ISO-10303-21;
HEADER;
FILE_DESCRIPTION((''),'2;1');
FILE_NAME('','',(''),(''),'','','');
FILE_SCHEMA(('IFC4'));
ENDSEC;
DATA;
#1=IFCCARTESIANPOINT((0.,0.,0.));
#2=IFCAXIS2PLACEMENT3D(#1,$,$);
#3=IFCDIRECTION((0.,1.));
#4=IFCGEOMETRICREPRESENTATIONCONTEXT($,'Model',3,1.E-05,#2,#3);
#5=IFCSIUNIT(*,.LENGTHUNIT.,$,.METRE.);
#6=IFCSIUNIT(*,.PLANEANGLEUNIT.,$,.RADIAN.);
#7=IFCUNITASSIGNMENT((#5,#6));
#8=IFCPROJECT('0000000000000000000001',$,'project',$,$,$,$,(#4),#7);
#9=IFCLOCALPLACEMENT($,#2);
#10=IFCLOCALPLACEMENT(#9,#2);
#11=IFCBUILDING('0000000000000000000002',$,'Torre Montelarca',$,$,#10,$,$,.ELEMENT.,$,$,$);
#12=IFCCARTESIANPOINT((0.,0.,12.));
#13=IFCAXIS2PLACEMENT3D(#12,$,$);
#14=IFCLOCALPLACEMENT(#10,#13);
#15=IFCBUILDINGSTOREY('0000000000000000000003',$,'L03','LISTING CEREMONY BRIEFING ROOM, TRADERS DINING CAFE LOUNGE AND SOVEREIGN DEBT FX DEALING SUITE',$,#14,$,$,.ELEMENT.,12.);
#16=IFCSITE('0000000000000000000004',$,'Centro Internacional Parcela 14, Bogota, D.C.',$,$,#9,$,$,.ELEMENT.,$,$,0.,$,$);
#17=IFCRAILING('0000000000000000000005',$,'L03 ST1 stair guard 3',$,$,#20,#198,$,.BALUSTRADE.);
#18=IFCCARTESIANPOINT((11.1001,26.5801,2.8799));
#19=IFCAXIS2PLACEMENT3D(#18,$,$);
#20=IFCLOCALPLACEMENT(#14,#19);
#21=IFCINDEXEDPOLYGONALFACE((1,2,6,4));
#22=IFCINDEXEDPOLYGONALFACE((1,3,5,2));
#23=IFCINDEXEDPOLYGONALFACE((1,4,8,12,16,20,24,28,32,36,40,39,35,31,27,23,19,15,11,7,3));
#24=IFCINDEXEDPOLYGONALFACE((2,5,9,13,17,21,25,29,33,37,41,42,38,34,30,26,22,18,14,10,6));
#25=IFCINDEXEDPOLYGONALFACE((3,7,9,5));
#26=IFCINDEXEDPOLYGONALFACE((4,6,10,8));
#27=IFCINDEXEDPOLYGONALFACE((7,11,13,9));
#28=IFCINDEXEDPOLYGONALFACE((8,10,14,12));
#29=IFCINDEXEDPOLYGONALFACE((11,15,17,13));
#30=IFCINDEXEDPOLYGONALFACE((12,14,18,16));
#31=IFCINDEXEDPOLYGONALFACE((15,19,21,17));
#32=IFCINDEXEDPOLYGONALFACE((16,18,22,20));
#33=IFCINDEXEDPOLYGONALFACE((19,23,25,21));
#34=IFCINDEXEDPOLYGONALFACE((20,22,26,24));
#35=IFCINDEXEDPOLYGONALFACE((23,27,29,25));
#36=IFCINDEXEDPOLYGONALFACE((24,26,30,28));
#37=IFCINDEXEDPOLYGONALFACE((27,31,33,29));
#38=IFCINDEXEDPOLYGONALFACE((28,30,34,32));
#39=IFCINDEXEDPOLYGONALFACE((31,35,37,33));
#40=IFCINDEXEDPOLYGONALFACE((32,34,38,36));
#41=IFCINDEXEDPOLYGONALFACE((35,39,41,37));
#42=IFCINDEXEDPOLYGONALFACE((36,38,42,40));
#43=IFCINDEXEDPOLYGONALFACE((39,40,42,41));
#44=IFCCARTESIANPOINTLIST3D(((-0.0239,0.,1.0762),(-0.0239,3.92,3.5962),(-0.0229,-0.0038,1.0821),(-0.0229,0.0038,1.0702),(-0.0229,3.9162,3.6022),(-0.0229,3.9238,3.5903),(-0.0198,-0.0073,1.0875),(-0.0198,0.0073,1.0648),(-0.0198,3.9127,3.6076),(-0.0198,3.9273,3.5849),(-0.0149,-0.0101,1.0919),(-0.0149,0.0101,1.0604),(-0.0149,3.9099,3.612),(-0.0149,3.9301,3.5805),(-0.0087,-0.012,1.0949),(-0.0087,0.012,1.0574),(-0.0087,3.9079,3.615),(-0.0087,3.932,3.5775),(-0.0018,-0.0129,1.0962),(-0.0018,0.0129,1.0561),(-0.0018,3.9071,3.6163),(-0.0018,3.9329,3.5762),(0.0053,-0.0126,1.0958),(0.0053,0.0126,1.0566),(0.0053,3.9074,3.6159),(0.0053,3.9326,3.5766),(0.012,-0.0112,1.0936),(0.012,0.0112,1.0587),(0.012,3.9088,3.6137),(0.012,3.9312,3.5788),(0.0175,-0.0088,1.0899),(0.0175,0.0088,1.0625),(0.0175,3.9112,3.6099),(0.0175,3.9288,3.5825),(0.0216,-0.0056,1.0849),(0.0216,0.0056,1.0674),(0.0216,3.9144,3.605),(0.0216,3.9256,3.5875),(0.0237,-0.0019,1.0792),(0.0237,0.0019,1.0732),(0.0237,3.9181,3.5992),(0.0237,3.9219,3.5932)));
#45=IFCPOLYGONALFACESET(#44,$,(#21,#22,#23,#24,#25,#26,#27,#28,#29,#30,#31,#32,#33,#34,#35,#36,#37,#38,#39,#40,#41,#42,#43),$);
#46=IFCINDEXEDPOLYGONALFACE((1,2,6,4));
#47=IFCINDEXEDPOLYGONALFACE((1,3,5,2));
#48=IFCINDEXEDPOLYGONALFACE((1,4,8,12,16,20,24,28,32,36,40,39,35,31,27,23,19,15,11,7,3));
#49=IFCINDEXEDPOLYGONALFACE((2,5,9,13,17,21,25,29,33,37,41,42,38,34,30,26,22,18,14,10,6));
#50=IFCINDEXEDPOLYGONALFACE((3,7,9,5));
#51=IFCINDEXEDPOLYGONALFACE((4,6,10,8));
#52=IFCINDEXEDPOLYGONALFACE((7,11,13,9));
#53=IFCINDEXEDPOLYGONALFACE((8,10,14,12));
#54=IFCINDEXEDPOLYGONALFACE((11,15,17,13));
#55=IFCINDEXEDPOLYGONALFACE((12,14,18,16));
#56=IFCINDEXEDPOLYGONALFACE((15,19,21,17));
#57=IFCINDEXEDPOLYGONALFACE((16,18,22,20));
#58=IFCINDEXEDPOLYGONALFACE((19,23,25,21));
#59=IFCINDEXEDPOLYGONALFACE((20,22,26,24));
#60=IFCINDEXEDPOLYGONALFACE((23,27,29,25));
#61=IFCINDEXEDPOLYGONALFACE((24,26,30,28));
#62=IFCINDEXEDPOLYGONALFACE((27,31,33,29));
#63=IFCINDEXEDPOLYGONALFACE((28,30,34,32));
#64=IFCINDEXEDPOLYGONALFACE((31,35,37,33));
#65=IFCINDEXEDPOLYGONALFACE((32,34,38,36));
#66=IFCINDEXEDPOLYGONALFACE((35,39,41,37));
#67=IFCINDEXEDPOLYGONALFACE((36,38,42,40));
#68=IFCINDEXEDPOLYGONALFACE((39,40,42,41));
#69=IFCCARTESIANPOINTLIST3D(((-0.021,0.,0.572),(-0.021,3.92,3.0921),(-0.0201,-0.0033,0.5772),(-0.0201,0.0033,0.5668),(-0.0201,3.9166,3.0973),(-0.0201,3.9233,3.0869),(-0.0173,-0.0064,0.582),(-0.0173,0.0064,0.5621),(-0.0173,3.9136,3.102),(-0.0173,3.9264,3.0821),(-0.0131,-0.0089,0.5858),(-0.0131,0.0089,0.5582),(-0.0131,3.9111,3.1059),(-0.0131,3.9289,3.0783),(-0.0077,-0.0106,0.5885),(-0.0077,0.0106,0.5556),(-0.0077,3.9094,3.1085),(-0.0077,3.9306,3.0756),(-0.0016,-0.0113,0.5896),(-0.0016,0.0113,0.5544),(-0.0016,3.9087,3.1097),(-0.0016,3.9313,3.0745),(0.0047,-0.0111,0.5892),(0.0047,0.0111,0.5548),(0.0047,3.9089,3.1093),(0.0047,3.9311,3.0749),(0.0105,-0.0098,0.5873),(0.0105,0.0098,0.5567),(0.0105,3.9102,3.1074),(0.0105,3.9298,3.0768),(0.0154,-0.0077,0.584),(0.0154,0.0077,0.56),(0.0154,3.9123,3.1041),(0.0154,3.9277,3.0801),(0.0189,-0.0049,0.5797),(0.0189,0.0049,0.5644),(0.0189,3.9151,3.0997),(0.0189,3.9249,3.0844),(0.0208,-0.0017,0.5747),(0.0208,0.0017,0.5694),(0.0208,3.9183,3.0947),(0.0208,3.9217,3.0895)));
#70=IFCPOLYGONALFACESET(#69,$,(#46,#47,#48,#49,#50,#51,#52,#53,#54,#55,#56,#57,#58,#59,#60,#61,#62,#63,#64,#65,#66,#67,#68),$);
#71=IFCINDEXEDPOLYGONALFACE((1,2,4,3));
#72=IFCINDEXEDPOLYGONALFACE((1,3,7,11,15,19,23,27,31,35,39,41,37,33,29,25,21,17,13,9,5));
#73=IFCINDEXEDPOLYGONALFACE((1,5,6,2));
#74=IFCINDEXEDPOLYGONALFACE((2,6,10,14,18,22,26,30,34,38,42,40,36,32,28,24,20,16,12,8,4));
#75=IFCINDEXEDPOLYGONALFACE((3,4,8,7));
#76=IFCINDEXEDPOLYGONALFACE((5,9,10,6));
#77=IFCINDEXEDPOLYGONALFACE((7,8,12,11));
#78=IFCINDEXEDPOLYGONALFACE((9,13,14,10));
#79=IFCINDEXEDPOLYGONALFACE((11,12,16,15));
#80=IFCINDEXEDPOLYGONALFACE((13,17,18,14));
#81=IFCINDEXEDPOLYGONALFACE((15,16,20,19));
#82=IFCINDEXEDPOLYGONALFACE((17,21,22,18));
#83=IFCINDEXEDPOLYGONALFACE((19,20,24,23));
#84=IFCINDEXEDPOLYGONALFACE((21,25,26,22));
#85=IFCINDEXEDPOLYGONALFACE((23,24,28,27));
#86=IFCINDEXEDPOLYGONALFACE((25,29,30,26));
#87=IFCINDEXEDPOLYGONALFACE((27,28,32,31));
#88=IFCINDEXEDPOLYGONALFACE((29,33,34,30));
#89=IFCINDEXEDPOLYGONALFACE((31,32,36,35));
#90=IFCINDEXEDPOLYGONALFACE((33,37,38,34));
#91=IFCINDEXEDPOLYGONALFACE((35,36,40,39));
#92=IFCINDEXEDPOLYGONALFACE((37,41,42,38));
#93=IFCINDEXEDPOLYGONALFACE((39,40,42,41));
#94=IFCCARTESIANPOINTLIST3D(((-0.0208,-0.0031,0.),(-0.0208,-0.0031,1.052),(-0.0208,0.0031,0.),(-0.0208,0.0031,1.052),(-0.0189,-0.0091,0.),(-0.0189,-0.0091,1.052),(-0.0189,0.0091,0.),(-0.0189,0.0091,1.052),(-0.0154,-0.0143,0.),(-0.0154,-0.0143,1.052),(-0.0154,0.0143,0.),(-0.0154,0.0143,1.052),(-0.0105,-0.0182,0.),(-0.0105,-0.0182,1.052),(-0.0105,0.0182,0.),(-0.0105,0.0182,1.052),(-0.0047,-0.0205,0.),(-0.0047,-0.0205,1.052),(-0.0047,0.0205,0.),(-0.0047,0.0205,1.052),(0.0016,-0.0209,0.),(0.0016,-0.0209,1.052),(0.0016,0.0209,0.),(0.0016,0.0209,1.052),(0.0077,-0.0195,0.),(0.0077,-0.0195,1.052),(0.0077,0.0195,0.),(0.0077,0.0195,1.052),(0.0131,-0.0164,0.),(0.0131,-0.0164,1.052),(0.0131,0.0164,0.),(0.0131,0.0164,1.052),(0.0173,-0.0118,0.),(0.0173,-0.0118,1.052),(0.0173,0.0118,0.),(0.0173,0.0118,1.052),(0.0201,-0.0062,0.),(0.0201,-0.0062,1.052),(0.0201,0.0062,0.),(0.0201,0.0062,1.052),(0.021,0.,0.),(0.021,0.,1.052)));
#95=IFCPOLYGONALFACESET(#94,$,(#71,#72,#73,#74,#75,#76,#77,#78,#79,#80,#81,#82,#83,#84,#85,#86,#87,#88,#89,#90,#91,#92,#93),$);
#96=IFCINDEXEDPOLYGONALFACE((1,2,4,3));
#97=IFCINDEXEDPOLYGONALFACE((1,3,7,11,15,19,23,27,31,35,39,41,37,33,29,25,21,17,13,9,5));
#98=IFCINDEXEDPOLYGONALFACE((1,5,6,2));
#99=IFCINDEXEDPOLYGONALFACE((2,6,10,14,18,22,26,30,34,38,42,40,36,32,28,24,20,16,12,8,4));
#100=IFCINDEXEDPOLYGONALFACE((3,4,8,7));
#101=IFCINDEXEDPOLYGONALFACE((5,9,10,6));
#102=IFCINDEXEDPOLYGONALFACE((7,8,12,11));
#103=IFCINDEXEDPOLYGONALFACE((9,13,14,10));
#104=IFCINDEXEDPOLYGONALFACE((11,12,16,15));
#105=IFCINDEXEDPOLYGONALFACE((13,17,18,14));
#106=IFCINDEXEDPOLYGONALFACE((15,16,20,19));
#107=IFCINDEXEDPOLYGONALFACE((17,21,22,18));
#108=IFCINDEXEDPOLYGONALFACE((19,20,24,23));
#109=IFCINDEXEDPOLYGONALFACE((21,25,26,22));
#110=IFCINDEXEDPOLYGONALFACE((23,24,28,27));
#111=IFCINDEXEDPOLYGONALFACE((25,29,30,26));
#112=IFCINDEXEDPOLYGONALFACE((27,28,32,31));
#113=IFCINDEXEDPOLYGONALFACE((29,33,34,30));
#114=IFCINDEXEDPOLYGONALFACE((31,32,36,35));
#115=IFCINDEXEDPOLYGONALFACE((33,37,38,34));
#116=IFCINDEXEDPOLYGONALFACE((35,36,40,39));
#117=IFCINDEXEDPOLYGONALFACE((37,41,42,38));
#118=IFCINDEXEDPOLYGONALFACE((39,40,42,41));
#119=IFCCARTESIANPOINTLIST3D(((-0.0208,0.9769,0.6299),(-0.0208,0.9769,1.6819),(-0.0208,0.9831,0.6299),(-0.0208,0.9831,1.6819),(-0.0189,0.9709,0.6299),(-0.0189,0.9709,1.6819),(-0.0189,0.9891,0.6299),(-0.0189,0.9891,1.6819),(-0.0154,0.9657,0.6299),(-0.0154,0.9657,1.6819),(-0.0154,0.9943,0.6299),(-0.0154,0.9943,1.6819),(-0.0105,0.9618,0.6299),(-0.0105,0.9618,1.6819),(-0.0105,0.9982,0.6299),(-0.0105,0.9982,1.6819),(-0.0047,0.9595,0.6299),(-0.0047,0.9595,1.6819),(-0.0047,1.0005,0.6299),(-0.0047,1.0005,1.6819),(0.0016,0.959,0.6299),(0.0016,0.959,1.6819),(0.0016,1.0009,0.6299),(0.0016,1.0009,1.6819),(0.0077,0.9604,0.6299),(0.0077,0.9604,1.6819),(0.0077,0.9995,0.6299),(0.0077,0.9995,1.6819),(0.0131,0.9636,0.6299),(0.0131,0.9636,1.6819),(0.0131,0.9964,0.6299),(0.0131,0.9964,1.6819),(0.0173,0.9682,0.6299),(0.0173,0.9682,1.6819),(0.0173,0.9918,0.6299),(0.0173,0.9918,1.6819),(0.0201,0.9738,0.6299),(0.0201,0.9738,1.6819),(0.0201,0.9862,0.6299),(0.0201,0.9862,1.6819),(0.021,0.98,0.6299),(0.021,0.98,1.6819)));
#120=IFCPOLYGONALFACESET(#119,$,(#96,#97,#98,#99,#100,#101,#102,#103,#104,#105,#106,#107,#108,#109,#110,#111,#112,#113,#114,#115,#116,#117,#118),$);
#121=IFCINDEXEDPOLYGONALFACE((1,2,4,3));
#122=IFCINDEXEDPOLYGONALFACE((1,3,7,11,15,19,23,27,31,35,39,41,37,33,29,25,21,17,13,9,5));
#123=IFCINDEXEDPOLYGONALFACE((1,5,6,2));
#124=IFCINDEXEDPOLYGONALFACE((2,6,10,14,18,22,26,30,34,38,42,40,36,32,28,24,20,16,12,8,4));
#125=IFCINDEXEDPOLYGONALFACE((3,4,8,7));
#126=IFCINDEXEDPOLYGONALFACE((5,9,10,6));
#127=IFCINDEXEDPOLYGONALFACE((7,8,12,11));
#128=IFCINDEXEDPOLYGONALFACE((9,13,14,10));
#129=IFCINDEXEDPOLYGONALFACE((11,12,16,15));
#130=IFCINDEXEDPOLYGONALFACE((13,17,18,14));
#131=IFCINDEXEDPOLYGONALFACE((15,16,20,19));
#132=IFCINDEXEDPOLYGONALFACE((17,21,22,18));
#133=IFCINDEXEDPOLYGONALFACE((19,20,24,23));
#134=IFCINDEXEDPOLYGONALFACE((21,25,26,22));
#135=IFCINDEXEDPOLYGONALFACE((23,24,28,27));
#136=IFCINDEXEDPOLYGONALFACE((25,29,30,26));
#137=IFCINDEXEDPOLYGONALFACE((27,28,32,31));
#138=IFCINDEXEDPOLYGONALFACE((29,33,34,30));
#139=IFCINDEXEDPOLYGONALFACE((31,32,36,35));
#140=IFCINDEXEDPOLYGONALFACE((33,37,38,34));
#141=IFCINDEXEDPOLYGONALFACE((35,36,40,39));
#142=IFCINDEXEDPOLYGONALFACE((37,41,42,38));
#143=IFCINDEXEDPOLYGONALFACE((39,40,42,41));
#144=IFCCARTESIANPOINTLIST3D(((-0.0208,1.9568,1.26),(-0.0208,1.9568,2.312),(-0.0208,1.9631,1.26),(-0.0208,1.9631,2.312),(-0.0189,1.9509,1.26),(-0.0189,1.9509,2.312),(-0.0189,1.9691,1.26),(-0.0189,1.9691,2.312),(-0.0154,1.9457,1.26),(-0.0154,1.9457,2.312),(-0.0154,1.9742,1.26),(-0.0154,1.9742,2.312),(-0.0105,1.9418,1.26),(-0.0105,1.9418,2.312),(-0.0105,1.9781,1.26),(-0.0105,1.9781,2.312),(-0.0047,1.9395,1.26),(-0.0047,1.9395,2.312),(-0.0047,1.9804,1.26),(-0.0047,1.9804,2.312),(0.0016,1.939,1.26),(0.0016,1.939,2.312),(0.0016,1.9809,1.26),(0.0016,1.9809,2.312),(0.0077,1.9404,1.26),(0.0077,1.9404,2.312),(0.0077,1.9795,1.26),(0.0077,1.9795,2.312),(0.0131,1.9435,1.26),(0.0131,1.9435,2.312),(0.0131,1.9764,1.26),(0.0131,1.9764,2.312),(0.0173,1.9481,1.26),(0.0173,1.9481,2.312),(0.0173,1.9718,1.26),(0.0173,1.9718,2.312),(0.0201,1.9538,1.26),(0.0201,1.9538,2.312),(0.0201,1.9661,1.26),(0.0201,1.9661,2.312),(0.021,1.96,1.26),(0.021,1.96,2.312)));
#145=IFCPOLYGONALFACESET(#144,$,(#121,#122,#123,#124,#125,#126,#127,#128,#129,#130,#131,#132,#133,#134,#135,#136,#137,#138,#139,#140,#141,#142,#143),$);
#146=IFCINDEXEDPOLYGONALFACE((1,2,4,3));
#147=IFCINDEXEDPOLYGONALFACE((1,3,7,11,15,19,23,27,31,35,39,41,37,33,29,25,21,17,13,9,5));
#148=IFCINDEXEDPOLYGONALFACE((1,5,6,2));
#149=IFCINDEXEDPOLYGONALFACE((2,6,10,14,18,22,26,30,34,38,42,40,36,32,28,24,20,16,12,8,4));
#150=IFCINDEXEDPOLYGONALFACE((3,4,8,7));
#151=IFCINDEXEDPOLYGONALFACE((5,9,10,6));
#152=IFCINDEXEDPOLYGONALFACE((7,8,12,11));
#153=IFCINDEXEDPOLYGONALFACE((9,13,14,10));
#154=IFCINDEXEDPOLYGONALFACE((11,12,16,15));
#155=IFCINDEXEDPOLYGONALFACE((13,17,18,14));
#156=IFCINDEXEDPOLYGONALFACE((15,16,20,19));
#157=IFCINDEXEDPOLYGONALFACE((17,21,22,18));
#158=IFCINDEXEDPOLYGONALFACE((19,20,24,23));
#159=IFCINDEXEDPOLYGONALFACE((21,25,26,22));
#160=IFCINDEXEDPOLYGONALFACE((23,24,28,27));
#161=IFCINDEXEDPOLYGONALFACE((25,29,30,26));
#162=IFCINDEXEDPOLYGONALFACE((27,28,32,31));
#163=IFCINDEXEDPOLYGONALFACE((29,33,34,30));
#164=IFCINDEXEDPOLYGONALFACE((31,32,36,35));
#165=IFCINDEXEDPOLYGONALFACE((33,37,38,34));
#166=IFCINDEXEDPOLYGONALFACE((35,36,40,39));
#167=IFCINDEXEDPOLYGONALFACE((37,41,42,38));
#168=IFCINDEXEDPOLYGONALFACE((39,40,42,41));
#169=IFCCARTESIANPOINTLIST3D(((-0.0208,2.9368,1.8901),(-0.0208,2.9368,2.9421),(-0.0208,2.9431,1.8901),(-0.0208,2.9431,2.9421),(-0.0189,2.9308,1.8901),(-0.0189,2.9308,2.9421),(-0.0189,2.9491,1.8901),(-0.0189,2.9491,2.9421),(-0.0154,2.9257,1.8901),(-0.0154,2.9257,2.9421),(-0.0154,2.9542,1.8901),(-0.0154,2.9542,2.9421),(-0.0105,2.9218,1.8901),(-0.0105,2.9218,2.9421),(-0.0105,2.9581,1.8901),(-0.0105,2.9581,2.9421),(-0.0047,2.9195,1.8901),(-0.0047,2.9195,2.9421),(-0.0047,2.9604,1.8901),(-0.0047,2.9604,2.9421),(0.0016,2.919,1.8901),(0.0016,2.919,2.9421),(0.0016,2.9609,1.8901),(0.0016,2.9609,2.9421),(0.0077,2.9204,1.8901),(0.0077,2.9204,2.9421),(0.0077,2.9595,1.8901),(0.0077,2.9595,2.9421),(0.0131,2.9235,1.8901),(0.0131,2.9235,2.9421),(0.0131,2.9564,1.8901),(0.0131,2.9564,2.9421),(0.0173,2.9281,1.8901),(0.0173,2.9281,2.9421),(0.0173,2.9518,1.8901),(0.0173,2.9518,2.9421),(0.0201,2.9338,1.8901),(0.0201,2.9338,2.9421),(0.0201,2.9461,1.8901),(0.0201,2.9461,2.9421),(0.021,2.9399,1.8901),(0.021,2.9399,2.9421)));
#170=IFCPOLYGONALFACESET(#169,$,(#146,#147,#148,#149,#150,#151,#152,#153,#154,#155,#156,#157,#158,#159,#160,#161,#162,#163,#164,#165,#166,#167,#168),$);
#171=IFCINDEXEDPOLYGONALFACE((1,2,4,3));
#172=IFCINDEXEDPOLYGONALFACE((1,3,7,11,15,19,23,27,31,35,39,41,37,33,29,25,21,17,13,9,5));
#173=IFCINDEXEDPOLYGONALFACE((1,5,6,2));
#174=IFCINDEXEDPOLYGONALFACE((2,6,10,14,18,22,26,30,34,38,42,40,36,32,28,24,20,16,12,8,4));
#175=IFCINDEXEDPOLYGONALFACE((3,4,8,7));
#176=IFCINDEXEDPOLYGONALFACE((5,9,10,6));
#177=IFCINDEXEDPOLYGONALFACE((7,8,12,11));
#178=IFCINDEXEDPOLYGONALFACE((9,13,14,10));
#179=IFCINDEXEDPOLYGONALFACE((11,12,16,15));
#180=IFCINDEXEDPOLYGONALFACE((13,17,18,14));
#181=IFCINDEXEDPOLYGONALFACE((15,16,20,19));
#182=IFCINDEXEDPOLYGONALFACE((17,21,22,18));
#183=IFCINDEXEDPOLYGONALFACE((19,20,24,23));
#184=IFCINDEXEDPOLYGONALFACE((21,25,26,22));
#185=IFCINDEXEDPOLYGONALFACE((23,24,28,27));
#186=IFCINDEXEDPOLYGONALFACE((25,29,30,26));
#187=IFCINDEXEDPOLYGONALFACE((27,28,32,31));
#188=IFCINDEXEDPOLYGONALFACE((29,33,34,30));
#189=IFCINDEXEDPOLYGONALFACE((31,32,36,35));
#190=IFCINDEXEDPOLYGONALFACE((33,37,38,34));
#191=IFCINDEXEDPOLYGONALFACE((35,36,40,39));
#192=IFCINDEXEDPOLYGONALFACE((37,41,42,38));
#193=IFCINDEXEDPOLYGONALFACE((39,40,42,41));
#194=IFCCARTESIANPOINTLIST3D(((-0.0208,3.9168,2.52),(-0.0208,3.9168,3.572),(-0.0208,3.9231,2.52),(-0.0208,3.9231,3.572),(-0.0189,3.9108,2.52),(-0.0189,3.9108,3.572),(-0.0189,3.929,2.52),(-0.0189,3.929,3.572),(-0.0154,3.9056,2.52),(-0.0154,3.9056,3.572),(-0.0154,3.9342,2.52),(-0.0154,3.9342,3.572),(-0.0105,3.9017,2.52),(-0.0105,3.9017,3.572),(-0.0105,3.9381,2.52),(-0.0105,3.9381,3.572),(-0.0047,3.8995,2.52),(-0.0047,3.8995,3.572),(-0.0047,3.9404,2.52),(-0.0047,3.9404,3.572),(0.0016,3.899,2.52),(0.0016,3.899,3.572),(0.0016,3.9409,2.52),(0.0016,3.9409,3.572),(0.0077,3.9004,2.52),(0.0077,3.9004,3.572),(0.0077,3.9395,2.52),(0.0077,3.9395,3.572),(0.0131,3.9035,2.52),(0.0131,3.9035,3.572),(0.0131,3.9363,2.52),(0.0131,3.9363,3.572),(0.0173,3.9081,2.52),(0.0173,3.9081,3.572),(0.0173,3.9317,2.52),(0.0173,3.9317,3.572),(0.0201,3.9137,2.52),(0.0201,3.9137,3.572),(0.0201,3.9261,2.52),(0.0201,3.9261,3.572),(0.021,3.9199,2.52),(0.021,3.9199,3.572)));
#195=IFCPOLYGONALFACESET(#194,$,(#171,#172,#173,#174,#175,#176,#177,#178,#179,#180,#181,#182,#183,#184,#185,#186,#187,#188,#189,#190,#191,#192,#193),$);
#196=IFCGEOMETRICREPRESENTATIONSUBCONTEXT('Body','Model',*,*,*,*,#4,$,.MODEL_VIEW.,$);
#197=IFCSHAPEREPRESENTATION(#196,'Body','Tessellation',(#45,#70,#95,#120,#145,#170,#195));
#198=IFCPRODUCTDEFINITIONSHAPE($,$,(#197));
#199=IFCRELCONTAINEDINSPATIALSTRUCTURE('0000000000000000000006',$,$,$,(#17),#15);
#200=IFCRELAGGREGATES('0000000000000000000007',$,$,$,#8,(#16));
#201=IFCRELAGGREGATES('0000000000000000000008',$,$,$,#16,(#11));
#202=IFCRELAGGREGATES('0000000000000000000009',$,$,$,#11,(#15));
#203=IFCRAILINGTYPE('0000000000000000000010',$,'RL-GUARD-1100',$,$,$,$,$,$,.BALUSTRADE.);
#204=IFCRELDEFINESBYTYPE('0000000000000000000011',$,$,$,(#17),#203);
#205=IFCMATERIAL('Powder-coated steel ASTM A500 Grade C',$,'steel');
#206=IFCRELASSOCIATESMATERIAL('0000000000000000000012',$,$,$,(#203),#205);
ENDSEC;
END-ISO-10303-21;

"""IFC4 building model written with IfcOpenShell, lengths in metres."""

from ifc_helpers import new_model, si_unit, direction, frame, origin, origin_2d, place, context, subcontext, project, spatial, circle, extrude, material, type_object, element, save


model = new_model("IFC4")

# Units and contexts
model_context = context("Model", 3, precision=1e-05, world=origin(), true_north=direction((0.0, 1.0)))
body_context = subcontext(model_context, "Body", "Model", "MODEL_VIEW")
ifc_project = project(units=[si_unit("LENGTHUNIT", "METRE"), si_unit("PLANEANGLEUNIT", "RADIAN")], contexts=[model_context])

# Site, building, storey
site_placement = place(None, origin())
site = spatial("IfcSite", under=ifc_project, at=site_placement, Name="Centro Internacional Parcela 14, Bogota, D.C.", CompositionType="ELEMENT", RefElevation=0.0)
building_placement = place(site_placement, origin())
building = spatial("IfcBuilding", under=site, at=building_placement, Name="Torre Montelarca", CompositionType="ELEMENT")
storey_placement = place(building_placement, frame((0.0, 0.0, 12.0)))
storey = spatial("IfcBuildingStorey", under=building, at=storey_placement, Name="L03", Description="LISTING CEREMONY BRIEFING ROOM, TRADERS DINING CAFE LOUNGE AND SOVEREIGN DEBT FX DEALING SUITE", CompositionType="ELEMENT", Elevation=12.0)

# Railing
ifc_material_1 = material(Name="Powder-coated steel ASTM A500 Grade C", Category="steel")
railing_type_1 = type_object("IfcRailingType", Name="RL-GUARD-1100", PredefinedType="BALUSTRADE", material=ifc_material_1)
railing_1_placement = place(storey_placement, frame((11.1001, 26.5801, 2.8799)))
element("IfcRailing", 1, at=railing_1_placement, inside=storey, type_object=railing_type_1, Name="L03 ST1 stair guard 3", PredefinedType="BALUSTRADE", context=body_context, shape_type="SweptSolid", body=[
    extrude(circle(Radius=0.0239, at=origin_2d()), frame((0.0, 0.0, 1.0762), z_axis=(0.0, 0.841172, 0.540768), x_axis=(-1.0, 0.0, 0.0)), (0.0, 0.0, 1.0), 4.6602),
    extrude(circle(Radius=0.021, at=origin_2d()), frame((0.0, 0.0, 0.572), z_axis=(0.0, 0.841172, 0.540768), x_axis=(-1.0, 0.0, 0.0)), (0.0, 0.0, 1.0), 4.6602),
    extrude(circle(Radius=0.021, at=origin_2d()), origin(), (0.0, 0.0, 1.0), 1.052),
    extrude(circle(Radius=0.021, at=origin_2d()), frame((0.0, 0.98, 0.6299)), (0.0, 0.0, 1.0), 1.052),
    extrude(circle(Radius=0.021, at=origin_2d()), frame((0.0, 1.96, 1.26)), (0.0, 0.0, 1.0), 1.052),
    extrude(circle(Radius=0.021, at=origin_2d()), frame((0.0, 2.9399, 1.8901)), (0.0, 0.0, 1.0), 1.052),
    extrude(circle(Radius=0.021, at=origin_2d()), frame((0.0, 3.9199, 2.52)), (0.0, 0.0, 1.0), 1.052),
])

save(model, "model.ifc")
